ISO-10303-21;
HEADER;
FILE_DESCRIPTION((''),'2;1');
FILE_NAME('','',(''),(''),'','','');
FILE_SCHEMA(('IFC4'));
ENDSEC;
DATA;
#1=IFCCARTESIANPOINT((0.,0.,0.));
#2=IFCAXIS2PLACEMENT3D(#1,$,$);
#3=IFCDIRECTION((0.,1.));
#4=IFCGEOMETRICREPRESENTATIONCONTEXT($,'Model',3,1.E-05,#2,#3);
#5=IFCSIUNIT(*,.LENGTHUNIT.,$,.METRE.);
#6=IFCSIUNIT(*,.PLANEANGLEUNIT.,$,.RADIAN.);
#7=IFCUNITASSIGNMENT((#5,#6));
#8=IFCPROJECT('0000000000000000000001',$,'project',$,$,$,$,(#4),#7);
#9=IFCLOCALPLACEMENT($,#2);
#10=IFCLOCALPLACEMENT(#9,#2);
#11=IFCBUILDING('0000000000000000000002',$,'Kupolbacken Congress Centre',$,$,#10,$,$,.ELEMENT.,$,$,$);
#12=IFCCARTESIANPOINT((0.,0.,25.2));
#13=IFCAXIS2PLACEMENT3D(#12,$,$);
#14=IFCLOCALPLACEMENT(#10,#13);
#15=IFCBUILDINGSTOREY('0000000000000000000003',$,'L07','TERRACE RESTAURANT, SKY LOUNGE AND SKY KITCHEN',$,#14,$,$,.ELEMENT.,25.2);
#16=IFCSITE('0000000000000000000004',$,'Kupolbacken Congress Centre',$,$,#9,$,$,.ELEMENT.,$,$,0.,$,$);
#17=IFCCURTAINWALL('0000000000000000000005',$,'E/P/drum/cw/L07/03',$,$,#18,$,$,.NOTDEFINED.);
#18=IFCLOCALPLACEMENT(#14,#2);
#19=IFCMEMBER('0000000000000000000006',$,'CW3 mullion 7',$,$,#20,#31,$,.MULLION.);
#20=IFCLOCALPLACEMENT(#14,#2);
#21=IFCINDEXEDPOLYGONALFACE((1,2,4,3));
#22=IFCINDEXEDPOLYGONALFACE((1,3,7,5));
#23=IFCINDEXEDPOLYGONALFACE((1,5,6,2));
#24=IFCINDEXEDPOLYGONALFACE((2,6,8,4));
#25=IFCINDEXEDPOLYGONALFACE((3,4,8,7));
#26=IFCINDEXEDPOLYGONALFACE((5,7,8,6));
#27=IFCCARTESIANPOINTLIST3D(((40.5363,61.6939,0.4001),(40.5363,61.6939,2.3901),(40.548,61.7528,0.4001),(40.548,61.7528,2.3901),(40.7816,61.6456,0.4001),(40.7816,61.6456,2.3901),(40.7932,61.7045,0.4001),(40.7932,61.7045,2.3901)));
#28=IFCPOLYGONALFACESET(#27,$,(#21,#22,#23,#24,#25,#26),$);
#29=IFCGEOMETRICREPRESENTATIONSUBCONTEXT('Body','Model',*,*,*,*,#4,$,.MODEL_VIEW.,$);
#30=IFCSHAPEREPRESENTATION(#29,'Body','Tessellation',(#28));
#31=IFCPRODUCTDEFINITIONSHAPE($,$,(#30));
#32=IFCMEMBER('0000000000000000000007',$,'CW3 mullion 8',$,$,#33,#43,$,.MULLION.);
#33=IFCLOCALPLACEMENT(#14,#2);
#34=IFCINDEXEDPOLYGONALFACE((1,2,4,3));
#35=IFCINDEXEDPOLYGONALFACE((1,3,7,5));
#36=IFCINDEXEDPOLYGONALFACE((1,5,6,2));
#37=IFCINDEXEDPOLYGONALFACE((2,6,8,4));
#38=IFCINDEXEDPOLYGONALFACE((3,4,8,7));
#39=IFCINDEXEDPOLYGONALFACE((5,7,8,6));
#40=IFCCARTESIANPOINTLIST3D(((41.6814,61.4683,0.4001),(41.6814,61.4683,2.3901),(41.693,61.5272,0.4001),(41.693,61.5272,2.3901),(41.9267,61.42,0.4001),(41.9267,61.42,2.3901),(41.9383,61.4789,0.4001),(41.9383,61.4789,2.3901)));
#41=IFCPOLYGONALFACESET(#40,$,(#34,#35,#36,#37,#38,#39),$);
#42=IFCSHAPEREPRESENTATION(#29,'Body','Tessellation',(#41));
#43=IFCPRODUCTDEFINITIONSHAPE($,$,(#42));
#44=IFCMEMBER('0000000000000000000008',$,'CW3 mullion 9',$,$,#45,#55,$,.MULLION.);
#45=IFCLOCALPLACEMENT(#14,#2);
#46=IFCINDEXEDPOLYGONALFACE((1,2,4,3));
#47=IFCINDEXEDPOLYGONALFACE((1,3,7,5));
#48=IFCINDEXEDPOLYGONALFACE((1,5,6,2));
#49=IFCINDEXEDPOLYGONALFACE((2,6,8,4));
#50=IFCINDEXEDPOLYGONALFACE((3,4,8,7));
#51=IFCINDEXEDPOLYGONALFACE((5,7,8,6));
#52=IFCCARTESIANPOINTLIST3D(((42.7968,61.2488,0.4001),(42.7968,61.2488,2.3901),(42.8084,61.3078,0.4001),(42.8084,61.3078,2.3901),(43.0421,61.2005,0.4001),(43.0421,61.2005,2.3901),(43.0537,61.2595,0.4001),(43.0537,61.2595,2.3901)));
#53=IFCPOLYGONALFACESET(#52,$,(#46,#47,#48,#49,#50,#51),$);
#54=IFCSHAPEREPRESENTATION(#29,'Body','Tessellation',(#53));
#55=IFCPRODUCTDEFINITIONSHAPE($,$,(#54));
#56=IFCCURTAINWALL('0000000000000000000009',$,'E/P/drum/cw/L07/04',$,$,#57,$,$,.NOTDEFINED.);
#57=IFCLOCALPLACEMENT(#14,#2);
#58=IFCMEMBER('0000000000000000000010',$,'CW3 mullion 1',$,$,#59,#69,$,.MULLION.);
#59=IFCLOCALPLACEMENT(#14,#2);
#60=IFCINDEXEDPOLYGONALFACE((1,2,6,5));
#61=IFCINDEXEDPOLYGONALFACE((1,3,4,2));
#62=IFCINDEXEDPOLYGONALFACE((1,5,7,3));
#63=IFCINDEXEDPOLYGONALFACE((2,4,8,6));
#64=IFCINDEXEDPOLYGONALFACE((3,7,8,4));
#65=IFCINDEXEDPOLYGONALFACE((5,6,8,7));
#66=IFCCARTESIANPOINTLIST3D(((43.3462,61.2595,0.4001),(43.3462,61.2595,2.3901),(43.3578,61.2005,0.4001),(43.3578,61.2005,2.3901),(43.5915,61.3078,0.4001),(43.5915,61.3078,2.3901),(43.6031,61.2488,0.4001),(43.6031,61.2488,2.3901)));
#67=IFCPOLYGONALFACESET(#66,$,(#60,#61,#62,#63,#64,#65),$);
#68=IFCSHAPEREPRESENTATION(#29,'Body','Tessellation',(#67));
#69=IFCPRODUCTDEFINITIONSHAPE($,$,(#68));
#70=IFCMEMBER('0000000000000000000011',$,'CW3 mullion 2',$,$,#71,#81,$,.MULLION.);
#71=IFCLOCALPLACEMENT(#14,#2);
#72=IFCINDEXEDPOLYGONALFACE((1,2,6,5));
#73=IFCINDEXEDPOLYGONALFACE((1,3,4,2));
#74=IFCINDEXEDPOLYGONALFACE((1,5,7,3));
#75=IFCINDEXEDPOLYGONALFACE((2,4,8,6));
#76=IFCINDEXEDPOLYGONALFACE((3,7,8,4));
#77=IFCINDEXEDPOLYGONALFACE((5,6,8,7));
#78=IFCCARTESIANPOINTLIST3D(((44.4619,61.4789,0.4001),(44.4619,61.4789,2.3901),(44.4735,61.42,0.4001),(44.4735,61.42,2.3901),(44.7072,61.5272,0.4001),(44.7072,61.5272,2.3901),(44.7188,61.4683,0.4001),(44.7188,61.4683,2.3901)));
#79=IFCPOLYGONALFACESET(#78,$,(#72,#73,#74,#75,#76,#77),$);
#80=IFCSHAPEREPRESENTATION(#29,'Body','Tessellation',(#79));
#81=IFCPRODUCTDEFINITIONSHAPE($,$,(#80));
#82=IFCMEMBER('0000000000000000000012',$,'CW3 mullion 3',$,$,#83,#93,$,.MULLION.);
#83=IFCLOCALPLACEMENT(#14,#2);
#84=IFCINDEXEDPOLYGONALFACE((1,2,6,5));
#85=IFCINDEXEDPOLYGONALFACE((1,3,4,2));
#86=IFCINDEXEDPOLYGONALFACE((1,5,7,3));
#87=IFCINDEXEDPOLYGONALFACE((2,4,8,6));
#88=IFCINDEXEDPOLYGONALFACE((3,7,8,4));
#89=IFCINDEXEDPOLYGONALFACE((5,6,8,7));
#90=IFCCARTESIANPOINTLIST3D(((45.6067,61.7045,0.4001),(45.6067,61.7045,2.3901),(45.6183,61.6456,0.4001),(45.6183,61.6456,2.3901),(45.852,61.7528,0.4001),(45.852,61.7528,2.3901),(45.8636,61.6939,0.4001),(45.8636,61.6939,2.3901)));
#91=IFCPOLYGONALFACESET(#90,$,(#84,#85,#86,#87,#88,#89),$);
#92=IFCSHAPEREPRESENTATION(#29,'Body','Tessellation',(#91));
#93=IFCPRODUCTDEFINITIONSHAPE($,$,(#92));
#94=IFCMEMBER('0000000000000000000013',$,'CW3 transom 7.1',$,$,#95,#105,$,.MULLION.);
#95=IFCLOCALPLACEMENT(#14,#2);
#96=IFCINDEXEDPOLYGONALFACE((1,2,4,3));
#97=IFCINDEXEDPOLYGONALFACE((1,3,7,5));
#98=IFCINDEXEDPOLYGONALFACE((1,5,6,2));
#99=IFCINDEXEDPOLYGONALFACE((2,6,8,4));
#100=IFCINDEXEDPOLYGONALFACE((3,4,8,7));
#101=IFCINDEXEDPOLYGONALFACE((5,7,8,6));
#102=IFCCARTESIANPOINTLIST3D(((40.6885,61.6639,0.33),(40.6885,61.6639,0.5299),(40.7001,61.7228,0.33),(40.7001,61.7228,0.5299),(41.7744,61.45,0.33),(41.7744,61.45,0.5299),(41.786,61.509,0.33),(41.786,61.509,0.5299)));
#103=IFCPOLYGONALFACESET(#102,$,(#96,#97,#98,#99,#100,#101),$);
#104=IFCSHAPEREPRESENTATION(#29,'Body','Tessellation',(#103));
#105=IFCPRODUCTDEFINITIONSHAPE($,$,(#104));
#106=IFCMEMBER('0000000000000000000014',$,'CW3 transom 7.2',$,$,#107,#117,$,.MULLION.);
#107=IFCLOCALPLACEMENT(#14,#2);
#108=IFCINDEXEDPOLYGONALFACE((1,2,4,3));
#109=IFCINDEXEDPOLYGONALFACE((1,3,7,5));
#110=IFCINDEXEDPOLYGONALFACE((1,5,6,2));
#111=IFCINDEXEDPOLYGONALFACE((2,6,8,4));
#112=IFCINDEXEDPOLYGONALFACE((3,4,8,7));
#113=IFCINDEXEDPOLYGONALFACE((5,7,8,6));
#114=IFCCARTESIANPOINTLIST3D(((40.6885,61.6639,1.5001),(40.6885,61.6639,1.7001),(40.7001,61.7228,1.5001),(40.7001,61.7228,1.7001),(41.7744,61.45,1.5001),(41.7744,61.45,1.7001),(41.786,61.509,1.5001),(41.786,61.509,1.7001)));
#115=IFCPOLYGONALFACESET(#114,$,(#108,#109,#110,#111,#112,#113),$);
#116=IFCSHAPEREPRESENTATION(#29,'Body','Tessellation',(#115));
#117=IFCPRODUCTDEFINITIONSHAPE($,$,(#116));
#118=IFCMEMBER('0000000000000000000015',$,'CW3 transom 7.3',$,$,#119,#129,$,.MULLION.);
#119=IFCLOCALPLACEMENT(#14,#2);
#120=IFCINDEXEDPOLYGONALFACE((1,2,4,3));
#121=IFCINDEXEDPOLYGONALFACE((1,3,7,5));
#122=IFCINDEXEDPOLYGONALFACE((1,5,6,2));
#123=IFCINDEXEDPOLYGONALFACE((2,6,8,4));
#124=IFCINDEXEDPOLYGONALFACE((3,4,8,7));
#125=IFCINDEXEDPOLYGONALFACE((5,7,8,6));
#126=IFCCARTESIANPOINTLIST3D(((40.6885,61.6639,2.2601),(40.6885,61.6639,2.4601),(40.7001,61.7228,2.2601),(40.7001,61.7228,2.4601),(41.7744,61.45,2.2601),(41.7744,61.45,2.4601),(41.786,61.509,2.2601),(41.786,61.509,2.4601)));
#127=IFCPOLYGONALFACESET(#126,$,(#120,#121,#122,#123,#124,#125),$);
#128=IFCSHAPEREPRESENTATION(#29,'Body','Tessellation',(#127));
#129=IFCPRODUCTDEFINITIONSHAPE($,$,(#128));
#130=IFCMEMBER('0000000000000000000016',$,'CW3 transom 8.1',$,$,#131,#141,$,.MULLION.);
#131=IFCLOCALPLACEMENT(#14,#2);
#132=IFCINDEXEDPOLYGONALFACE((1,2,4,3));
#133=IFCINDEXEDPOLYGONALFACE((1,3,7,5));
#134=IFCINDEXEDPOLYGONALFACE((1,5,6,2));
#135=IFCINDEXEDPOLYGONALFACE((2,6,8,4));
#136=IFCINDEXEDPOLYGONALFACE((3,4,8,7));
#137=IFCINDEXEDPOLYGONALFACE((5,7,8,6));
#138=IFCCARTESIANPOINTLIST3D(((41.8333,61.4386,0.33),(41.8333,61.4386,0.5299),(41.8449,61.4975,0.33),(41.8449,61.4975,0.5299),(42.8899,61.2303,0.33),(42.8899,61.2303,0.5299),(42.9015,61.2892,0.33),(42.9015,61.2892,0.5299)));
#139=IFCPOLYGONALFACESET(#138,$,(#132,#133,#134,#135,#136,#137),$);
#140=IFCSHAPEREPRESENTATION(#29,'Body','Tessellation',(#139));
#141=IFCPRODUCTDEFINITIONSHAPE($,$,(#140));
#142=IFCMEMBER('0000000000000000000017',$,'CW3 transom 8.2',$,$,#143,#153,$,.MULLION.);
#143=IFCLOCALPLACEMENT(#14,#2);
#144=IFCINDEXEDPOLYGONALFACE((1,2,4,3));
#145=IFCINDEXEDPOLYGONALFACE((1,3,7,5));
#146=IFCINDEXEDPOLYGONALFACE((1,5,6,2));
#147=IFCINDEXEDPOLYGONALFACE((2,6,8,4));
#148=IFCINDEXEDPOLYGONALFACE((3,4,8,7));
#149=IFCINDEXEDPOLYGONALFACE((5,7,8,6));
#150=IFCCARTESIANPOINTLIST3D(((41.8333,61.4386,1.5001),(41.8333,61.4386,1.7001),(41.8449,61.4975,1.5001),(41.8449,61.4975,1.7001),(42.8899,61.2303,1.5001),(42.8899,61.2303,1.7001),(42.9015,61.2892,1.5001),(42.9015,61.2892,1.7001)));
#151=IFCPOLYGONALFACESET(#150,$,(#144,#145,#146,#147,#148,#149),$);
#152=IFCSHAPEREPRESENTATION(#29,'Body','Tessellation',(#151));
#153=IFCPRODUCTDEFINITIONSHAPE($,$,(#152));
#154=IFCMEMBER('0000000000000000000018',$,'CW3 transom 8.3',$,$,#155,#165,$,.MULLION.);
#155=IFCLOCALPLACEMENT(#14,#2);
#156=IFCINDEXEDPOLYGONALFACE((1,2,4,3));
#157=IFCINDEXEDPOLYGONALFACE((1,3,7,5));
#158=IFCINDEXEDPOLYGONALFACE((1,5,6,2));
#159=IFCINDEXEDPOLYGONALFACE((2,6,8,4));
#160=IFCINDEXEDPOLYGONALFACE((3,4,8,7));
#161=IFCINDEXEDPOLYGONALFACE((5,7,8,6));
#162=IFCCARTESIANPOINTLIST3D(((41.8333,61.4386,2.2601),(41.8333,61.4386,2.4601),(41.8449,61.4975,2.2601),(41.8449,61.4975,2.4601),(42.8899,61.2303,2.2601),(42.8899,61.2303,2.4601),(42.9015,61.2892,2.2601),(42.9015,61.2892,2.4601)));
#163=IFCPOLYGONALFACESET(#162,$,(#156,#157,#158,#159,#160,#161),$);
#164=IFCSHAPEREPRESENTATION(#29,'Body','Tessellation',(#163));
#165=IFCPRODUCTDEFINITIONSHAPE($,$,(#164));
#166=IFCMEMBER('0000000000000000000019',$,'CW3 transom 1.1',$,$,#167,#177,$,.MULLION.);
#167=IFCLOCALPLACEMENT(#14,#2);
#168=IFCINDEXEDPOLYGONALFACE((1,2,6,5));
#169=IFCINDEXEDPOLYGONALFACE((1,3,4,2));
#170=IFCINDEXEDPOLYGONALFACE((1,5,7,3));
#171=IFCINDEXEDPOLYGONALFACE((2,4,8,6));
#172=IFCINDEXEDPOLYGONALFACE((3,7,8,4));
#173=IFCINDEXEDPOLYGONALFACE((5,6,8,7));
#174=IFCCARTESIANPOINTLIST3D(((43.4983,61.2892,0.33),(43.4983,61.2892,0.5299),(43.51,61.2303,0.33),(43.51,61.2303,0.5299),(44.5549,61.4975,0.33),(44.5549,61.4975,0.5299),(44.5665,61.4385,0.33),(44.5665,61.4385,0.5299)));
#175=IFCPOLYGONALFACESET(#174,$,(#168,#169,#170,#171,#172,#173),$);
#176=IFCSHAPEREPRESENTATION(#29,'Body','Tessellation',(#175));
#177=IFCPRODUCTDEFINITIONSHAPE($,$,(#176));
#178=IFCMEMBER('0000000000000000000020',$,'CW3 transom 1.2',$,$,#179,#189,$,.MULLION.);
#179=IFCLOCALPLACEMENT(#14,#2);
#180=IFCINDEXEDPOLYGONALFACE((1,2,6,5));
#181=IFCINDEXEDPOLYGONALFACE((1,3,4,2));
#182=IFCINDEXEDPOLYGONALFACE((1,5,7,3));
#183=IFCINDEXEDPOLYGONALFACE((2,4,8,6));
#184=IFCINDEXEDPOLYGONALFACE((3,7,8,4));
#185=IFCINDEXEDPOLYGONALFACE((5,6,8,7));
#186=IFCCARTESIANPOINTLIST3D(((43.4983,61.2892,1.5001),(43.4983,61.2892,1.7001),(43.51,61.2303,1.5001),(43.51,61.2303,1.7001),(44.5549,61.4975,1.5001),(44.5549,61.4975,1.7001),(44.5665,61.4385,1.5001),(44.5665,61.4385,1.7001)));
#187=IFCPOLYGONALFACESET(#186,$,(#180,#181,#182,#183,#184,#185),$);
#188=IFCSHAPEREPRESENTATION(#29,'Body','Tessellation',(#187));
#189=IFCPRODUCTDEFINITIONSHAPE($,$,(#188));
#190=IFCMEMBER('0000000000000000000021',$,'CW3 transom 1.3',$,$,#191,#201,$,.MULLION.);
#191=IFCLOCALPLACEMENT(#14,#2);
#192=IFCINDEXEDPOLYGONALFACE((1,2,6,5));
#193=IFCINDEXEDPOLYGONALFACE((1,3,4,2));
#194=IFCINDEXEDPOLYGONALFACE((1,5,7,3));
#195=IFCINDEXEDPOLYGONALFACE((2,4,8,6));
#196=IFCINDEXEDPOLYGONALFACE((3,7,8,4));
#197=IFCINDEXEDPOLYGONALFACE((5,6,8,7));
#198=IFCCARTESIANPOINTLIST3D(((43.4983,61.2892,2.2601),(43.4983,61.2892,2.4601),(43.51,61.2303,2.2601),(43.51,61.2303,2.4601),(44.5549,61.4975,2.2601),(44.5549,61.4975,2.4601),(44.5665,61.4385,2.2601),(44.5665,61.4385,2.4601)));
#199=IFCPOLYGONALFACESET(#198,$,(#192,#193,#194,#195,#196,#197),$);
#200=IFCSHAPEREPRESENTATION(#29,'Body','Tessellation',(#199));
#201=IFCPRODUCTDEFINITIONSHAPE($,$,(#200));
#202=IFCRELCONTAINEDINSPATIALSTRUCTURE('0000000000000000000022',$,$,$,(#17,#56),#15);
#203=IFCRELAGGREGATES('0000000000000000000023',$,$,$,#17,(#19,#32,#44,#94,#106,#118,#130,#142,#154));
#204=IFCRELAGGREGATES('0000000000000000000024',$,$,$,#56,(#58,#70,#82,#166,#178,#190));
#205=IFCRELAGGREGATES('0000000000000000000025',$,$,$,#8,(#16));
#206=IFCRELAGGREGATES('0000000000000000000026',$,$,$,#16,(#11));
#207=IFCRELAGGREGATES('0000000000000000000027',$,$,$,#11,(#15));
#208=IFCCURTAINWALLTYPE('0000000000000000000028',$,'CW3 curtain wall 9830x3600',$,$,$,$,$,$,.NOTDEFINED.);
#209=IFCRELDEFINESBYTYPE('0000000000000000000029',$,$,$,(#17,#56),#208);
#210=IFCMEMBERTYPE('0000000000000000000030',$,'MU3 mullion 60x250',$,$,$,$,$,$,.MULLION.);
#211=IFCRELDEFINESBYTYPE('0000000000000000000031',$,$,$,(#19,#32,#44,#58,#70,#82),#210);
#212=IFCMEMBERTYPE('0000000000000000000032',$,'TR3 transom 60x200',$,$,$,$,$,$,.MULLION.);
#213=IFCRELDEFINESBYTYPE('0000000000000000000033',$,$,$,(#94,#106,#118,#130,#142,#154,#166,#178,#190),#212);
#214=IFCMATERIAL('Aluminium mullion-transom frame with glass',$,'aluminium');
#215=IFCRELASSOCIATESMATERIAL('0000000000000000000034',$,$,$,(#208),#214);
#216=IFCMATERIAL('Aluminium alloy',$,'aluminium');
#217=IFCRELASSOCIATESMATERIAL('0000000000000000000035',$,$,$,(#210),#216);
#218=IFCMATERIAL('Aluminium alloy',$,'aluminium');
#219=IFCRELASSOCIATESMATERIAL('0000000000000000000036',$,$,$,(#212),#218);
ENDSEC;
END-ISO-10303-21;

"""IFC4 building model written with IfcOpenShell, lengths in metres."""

from ifc_helpers import new_model, si_unit, direction, frame, origin, origin_2d, place, context, subcontext, project, spatial, rectangle, extrude, material, material_profile, profile_set, type_object, element, aggregate, save


model = new_model("IFC4")

# Units and contexts
model_context = context("Model", 3, precision=1e-05, world=origin(), true_north=direction((0.0, 1.0)))
body_context = subcontext(model_context, "Body", "Model", "MODEL_VIEW")
ifc_project = project(units=[si_unit("LENGTHUNIT", "METRE"), si_unit("PLANEANGLEUNIT", "RADIAN")], contexts=[model_context])

# Site, building, storey
site_placement = place(None, origin())
site = spatial("IfcSite", under=ifc_project, at=site_placement, Name="Kupolbacken Congress Centre", CompositionType="ELEMENT", RefElevation=0.0)
building_placement = place(site_placement, origin())
building = spatial("IfcBuilding", under=site, at=building_placement, Name="Kupolbacken Congress Centre", CompositionType="ELEMENT")
storey_placement = place(building_placement, frame((0.0, 0.0, 25.2)))
storey = spatial("IfcBuildingStorey", under=building, at=storey_placement, Name="L07", Description="TERRACE RESTAURANT, SKY LOUNGE AND SKY KITCHEN", CompositionType="ELEMENT", Elevation=25.2)

# Curtain walls, members
ifc_material_1 = material(Name="Aluminium mullion-transom frame with glass", Category="aluminium")
curtain_wall_type = type_object("IfcCurtainWallType", Name="CW3 curtain wall 9830x3600", PredefinedType="NOTDEFINED", material=ifc_material_1)
curtain_wall_1_placement = place(storey_placement, origin())
curtain_wall_1 = element("IfcCurtainWall", 1, at=curtain_wall_1_placement, inside=storey, type_object=curtain_wall_type, Name="E/P/drum/cw/L07/03", PredefinedType="NOTDEFINED")
ifc_material_2 = material(Name="Aluminium alloy", Category="aluminium")
ifc_material_profile_1 = material_profile(ifc_material_2, rectangle(XDim=0.0601, YDim=0.25, at=origin_2d()), Name="60 x 250")
ifc_profile_set_1 = profile_set([ifc_material_profile_1], Name="Aluminium alloy")
member_type_1 = type_object("IfcMemberType", Name="MU3 mullion 60x250", PredefinedType="MULLION", material=ifc_profile_set_1)
member_1_placement = place(storey_placement, frame((40.6648, 61.6992, 0.4001), z_axis=(0.0, 0.0, 1.0), x_axis=(0.193182, 0.981163, 0.0)))
member_1 = element("IfcMember", 2, at=member_1_placement, type_object=member_type_1, Name="CW3 mullion 7", PredefinedType="MULLION", context=body_context, shape_type="SweptSolid", body=[
    extrude(rectangle(XDim=0.0601, YDim=0.25, at=origin_2d()), origin(), (0.0, 0.0, 1.0), 1.99),
])
member_2_placement = place(storey_placement, frame((41.8098, 61.4736, 0.4001), z_axis=(0.0, 0.0, 1.0), x_axis=(0.193182, 0.981163, 0.0)))
member_2 = element("IfcMember", 3, at=member_2_placement, type_object=member_type_1, Name="CW3 mullion 8", PredefinedType="MULLION", context=body_context, shape_type="SweptSolid", body=[
    extrude(rectangle(XDim=0.0601, YDim=0.25, at=origin_2d()), origin(), (0.0, 0.0, 1.0), 1.99),
])
member_3_placement = place(storey_placement, frame((42.9253, 61.2542, 0.4001), z_axis=(0.0, 0.0, 1.0), x_axis=(0.193182, 0.981163, 0.0)))
member_3 = element("IfcMember", 4, at=member_3_placement, type_object=member_type_1, Name="CW3 mullion 9", PredefinedType="MULLION", context=body_context, shape_type="SweptSolid", body=[
    extrude(rectangle(XDim=0.0601, YDim=0.25, at=origin_2d()), origin(), (0.0, 0.0, 1.0), 1.99),
])
curtain_wall_2_placement = place(storey_placement, origin())
curtain_wall_2 = element("IfcCurtainWall", 5, at=curtain_wall_2_placement, inside=storey, type_object=curtain_wall_type, Name="E/P/drum/cw/L07/04", PredefinedType="NOTDEFINED")
member_4_placement = place(storey_placement, frame((43.4746, 61.2542, 0.4001), z_axis=(0.0, 0.0, 1.0), x_axis=(-0.193182, 0.981163, 0.0)))
member_4 = element("IfcMember", 6, at=member_4_placement, type_object=member_type_1, Name="CW3 mullion 1", PredefinedType="MULLION", context=body_context, shape_type="SweptSolid", body=[
    extrude(rectangle(XDim=0.0601, YDim=0.25, at=origin_2d()), origin(), (0.0, 0.0, 1.0), 1.99),
])
member_5_placement = place(storey_placement, frame((44.5903, 61.4736, 0.4001), z_axis=(0.0, 0.0, 1.0), x_axis=(-0.193182, 0.981163, 0.0)))
member_5 = element("IfcMember", 7, at=member_5_placement, type_object=member_type_1, Name="CW3 mullion 2", PredefinedType="MULLION", context=body_context, shape_type="SweptSolid", body=[
    extrude(rectangle(XDim=0.0601, YDim=0.25, at=origin_2d()), origin(), (0.0, 0.0, 1.0), 1.99),
])
member_6_placement = place(storey_placement, frame((45.7351, 61.6992, 0.4001), z_axis=(0.0, 0.0, 1.0), x_axis=(-0.193182, 0.981163, 0.0)))
member_6 = element("IfcMember", 8, at=member_6_placement, type_object=member_type_1, Name="CW3 mullion 3", PredefinedType="MULLION", context=body_context, shape_type="SweptSolid", body=[
    extrude(rectangle(XDim=0.0601, YDim=0.25, at=origin_2d()), origin(), (0.0, 0.0, 1.0), 1.99),
])

# Members
ifc_material_3 = material(Name="Aluminium alloy", Category="aluminium")
ifc_material_profile_2 = material_profile(ifc_material_3, rectangle(XDim=0.0601, YDim=0.2, at=origin_2d()), Name="60 x 200")
ifc_profile_set_2 = profile_set([ifc_material_profile_2], Name="Aluminium alloy")
member_type_2 = type_object("IfcMemberType", Name="TR3 transom 60x200", PredefinedType="MULLION", material=ifc_profile_set_2)
member_7_placement = place(storey_placement, frame((40.6943, 61.6934, 0.4299), z_axis=(0.981153, -0.193231, 0.0), x_axis=(0.193231, 0.981153, 0.0)))
member_7 = element("IfcMember", 9, at=member_7_placement, type_object=member_type_2, Name="CW3 transom 7.1", PredefinedType="MULLION", context=body_context, shape_type="SweptSolid", body=[
    extrude(rectangle(XDim=0.0601, YDim=0.2, at=origin_2d()), origin(), (0.0, 0.0, 1.0), 1.1067),
])
member_8_placement = place(storey_placement, frame((40.6943, 61.6934, 1.6001), z_axis=(0.981153, -0.193231, 0.0), x_axis=(0.193231, 0.981153, 0.0)))
member_8 = element("IfcMember", 10, at=member_8_placement, type_object=member_type_2, Name="CW3 transom 7.2", PredefinedType="MULLION", context=body_context, shape_type="SweptSolid", body=[
    extrude(rectangle(XDim=0.0601, YDim=0.2, at=origin_2d()), origin(), (0.0, 0.0, 1.0), 1.1067),
])
member_9_placement = place(storey_placement, frame((40.6943, 61.6934, 2.3601), z_axis=(0.981153, -0.193231, 0.0), x_axis=(0.193231, 0.981153, 0.0)))
member_9 = element("IfcMember", 11, at=member_9_placement, type_object=member_type_2, Name="CW3 transom 7.3", PredefinedType="MULLION", context=body_context, shape_type="SweptSolid", body=[
    extrude(rectangle(XDim=0.0601, YDim=0.2, at=origin_2d()), origin(), (0.0, 0.0, 1.0), 1.1067),
])
member_10_placement = place(storey_placement, frame((41.8391, 61.468, 0.4299), z_axis=(0.981126, -0.193369, 0.0), x_axis=(0.193369, 0.981126, 0.0)))
member_10 = element("IfcMember", 12, at=member_10_placement, type_object=member_type_2, Name="CW3 transom 8.1", PredefinedType="MULLION", context=body_context, shape_type="SweptSolid", body=[
    extrude(rectangle(XDim=0.0601, YDim=0.2, at=origin_2d()), origin(), (0.0, 0.0, 1.0), 1.0769),
])
member_11_placement = place(storey_placement, frame((41.8391, 61.468, 1.6001), z_axis=(0.981126, -0.193369, 0.0), x_axis=(0.193369, 0.981126, 0.0)))
member_11 = element("IfcMember", 13, at=member_11_placement, type_object=member_type_2, Name="CW3 transom 8.2", PredefinedType="MULLION", context=body_context, shape_type="SweptSolid", body=[
    extrude(rectangle(XDim=0.0601, YDim=0.2, at=origin_2d()), origin(), (0.0, 0.0, 1.0), 1.0769),
])
member_12_placement = place(storey_placement, frame((41.8391, 61.468, 2.3601), z_axis=(0.981126, -0.193369, 0.0), x_axis=(0.193369, 0.981126, 0.0)))
member_12 = element("IfcMember", 14, at=member_12_placement, type_object=member_type_2, Name="CW3 transom 8.3", PredefinedType="MULLION", context=body_context, shape_type="SweptSolid", body=[
    extrude(rectangle(XDim=0.0601, YDim=0.2, at=origin_2d()), origin(), (0.0, 0.0, 1.0), 1.0769),
])
member_13_placement = place(storey_placement, frame((43.5042, 61.2598, 0.4299), z_axis=(0.981126, 0.193369, 0.0), x_axis=(-0.193369, 0.981126, 0.0)))
member_13 = element("IfcMember", 15, at=member_13_placement, type_object=member_type_2, Name="CW3 transom 1.1", PredefinedType="MULLION", context=body_context, shape_type="SweptSolid", body=[
    extrude(rectangle(XDim=0.0601, YDim=0.2, at=origin_2d()), origin(), (0.0, 0.0, 1.0), 1.0769),
])
member_14_placement = place(storey_placement, frame((43.5042, 61.2598, 1.6001), z_axis=(0.981126, 0.193369, 0.0), x_axis=(-0.193369, 0.981126, 0.0)))
member_14 = element("IfcMember", 16, at=member_14_placement, type_object=member_type_2, Name="CW3 transom 1.2", PredefinedType="MULLION", context=body_context, shape_type="SweptSolid", body=[
    extrude(rectangle(XDim=0.0601, YDim=0.2, at=origin_2d()), origin(), (0.0, 0.0, 1.0), 1.0769),
])
member_15_placement = place(storey_placement, frame((43.5042, 61.2598, 2.3601), z_axis=(0.981126, 0.193369, 0.0), x_axis=(-0.193369, 0.981126, 0.0)))
member_15 = element("IfcMember", 17, at=member_15_placement, type_object=member_type_2, Name="CW3 transom 1.3", PredefinedType="MULLION", context=body_context, shape_type="SweptSolid", body=[
    extrude(rectangle(XDim=0.0601, YDim=0.2, at=origin_2d()), origin(), (0.0, 0.0, 1.0), 1.0769),
])

aggregate(curtain_wall_1, [member_1, member_2, member_3, member_7, member_8, member_9, member_10, member_11, member_12])
aggregate(curtain_wall_2, [member_4, member_5, member_6, member_13, member_14, member_15])

save(model, "model.ifc")
